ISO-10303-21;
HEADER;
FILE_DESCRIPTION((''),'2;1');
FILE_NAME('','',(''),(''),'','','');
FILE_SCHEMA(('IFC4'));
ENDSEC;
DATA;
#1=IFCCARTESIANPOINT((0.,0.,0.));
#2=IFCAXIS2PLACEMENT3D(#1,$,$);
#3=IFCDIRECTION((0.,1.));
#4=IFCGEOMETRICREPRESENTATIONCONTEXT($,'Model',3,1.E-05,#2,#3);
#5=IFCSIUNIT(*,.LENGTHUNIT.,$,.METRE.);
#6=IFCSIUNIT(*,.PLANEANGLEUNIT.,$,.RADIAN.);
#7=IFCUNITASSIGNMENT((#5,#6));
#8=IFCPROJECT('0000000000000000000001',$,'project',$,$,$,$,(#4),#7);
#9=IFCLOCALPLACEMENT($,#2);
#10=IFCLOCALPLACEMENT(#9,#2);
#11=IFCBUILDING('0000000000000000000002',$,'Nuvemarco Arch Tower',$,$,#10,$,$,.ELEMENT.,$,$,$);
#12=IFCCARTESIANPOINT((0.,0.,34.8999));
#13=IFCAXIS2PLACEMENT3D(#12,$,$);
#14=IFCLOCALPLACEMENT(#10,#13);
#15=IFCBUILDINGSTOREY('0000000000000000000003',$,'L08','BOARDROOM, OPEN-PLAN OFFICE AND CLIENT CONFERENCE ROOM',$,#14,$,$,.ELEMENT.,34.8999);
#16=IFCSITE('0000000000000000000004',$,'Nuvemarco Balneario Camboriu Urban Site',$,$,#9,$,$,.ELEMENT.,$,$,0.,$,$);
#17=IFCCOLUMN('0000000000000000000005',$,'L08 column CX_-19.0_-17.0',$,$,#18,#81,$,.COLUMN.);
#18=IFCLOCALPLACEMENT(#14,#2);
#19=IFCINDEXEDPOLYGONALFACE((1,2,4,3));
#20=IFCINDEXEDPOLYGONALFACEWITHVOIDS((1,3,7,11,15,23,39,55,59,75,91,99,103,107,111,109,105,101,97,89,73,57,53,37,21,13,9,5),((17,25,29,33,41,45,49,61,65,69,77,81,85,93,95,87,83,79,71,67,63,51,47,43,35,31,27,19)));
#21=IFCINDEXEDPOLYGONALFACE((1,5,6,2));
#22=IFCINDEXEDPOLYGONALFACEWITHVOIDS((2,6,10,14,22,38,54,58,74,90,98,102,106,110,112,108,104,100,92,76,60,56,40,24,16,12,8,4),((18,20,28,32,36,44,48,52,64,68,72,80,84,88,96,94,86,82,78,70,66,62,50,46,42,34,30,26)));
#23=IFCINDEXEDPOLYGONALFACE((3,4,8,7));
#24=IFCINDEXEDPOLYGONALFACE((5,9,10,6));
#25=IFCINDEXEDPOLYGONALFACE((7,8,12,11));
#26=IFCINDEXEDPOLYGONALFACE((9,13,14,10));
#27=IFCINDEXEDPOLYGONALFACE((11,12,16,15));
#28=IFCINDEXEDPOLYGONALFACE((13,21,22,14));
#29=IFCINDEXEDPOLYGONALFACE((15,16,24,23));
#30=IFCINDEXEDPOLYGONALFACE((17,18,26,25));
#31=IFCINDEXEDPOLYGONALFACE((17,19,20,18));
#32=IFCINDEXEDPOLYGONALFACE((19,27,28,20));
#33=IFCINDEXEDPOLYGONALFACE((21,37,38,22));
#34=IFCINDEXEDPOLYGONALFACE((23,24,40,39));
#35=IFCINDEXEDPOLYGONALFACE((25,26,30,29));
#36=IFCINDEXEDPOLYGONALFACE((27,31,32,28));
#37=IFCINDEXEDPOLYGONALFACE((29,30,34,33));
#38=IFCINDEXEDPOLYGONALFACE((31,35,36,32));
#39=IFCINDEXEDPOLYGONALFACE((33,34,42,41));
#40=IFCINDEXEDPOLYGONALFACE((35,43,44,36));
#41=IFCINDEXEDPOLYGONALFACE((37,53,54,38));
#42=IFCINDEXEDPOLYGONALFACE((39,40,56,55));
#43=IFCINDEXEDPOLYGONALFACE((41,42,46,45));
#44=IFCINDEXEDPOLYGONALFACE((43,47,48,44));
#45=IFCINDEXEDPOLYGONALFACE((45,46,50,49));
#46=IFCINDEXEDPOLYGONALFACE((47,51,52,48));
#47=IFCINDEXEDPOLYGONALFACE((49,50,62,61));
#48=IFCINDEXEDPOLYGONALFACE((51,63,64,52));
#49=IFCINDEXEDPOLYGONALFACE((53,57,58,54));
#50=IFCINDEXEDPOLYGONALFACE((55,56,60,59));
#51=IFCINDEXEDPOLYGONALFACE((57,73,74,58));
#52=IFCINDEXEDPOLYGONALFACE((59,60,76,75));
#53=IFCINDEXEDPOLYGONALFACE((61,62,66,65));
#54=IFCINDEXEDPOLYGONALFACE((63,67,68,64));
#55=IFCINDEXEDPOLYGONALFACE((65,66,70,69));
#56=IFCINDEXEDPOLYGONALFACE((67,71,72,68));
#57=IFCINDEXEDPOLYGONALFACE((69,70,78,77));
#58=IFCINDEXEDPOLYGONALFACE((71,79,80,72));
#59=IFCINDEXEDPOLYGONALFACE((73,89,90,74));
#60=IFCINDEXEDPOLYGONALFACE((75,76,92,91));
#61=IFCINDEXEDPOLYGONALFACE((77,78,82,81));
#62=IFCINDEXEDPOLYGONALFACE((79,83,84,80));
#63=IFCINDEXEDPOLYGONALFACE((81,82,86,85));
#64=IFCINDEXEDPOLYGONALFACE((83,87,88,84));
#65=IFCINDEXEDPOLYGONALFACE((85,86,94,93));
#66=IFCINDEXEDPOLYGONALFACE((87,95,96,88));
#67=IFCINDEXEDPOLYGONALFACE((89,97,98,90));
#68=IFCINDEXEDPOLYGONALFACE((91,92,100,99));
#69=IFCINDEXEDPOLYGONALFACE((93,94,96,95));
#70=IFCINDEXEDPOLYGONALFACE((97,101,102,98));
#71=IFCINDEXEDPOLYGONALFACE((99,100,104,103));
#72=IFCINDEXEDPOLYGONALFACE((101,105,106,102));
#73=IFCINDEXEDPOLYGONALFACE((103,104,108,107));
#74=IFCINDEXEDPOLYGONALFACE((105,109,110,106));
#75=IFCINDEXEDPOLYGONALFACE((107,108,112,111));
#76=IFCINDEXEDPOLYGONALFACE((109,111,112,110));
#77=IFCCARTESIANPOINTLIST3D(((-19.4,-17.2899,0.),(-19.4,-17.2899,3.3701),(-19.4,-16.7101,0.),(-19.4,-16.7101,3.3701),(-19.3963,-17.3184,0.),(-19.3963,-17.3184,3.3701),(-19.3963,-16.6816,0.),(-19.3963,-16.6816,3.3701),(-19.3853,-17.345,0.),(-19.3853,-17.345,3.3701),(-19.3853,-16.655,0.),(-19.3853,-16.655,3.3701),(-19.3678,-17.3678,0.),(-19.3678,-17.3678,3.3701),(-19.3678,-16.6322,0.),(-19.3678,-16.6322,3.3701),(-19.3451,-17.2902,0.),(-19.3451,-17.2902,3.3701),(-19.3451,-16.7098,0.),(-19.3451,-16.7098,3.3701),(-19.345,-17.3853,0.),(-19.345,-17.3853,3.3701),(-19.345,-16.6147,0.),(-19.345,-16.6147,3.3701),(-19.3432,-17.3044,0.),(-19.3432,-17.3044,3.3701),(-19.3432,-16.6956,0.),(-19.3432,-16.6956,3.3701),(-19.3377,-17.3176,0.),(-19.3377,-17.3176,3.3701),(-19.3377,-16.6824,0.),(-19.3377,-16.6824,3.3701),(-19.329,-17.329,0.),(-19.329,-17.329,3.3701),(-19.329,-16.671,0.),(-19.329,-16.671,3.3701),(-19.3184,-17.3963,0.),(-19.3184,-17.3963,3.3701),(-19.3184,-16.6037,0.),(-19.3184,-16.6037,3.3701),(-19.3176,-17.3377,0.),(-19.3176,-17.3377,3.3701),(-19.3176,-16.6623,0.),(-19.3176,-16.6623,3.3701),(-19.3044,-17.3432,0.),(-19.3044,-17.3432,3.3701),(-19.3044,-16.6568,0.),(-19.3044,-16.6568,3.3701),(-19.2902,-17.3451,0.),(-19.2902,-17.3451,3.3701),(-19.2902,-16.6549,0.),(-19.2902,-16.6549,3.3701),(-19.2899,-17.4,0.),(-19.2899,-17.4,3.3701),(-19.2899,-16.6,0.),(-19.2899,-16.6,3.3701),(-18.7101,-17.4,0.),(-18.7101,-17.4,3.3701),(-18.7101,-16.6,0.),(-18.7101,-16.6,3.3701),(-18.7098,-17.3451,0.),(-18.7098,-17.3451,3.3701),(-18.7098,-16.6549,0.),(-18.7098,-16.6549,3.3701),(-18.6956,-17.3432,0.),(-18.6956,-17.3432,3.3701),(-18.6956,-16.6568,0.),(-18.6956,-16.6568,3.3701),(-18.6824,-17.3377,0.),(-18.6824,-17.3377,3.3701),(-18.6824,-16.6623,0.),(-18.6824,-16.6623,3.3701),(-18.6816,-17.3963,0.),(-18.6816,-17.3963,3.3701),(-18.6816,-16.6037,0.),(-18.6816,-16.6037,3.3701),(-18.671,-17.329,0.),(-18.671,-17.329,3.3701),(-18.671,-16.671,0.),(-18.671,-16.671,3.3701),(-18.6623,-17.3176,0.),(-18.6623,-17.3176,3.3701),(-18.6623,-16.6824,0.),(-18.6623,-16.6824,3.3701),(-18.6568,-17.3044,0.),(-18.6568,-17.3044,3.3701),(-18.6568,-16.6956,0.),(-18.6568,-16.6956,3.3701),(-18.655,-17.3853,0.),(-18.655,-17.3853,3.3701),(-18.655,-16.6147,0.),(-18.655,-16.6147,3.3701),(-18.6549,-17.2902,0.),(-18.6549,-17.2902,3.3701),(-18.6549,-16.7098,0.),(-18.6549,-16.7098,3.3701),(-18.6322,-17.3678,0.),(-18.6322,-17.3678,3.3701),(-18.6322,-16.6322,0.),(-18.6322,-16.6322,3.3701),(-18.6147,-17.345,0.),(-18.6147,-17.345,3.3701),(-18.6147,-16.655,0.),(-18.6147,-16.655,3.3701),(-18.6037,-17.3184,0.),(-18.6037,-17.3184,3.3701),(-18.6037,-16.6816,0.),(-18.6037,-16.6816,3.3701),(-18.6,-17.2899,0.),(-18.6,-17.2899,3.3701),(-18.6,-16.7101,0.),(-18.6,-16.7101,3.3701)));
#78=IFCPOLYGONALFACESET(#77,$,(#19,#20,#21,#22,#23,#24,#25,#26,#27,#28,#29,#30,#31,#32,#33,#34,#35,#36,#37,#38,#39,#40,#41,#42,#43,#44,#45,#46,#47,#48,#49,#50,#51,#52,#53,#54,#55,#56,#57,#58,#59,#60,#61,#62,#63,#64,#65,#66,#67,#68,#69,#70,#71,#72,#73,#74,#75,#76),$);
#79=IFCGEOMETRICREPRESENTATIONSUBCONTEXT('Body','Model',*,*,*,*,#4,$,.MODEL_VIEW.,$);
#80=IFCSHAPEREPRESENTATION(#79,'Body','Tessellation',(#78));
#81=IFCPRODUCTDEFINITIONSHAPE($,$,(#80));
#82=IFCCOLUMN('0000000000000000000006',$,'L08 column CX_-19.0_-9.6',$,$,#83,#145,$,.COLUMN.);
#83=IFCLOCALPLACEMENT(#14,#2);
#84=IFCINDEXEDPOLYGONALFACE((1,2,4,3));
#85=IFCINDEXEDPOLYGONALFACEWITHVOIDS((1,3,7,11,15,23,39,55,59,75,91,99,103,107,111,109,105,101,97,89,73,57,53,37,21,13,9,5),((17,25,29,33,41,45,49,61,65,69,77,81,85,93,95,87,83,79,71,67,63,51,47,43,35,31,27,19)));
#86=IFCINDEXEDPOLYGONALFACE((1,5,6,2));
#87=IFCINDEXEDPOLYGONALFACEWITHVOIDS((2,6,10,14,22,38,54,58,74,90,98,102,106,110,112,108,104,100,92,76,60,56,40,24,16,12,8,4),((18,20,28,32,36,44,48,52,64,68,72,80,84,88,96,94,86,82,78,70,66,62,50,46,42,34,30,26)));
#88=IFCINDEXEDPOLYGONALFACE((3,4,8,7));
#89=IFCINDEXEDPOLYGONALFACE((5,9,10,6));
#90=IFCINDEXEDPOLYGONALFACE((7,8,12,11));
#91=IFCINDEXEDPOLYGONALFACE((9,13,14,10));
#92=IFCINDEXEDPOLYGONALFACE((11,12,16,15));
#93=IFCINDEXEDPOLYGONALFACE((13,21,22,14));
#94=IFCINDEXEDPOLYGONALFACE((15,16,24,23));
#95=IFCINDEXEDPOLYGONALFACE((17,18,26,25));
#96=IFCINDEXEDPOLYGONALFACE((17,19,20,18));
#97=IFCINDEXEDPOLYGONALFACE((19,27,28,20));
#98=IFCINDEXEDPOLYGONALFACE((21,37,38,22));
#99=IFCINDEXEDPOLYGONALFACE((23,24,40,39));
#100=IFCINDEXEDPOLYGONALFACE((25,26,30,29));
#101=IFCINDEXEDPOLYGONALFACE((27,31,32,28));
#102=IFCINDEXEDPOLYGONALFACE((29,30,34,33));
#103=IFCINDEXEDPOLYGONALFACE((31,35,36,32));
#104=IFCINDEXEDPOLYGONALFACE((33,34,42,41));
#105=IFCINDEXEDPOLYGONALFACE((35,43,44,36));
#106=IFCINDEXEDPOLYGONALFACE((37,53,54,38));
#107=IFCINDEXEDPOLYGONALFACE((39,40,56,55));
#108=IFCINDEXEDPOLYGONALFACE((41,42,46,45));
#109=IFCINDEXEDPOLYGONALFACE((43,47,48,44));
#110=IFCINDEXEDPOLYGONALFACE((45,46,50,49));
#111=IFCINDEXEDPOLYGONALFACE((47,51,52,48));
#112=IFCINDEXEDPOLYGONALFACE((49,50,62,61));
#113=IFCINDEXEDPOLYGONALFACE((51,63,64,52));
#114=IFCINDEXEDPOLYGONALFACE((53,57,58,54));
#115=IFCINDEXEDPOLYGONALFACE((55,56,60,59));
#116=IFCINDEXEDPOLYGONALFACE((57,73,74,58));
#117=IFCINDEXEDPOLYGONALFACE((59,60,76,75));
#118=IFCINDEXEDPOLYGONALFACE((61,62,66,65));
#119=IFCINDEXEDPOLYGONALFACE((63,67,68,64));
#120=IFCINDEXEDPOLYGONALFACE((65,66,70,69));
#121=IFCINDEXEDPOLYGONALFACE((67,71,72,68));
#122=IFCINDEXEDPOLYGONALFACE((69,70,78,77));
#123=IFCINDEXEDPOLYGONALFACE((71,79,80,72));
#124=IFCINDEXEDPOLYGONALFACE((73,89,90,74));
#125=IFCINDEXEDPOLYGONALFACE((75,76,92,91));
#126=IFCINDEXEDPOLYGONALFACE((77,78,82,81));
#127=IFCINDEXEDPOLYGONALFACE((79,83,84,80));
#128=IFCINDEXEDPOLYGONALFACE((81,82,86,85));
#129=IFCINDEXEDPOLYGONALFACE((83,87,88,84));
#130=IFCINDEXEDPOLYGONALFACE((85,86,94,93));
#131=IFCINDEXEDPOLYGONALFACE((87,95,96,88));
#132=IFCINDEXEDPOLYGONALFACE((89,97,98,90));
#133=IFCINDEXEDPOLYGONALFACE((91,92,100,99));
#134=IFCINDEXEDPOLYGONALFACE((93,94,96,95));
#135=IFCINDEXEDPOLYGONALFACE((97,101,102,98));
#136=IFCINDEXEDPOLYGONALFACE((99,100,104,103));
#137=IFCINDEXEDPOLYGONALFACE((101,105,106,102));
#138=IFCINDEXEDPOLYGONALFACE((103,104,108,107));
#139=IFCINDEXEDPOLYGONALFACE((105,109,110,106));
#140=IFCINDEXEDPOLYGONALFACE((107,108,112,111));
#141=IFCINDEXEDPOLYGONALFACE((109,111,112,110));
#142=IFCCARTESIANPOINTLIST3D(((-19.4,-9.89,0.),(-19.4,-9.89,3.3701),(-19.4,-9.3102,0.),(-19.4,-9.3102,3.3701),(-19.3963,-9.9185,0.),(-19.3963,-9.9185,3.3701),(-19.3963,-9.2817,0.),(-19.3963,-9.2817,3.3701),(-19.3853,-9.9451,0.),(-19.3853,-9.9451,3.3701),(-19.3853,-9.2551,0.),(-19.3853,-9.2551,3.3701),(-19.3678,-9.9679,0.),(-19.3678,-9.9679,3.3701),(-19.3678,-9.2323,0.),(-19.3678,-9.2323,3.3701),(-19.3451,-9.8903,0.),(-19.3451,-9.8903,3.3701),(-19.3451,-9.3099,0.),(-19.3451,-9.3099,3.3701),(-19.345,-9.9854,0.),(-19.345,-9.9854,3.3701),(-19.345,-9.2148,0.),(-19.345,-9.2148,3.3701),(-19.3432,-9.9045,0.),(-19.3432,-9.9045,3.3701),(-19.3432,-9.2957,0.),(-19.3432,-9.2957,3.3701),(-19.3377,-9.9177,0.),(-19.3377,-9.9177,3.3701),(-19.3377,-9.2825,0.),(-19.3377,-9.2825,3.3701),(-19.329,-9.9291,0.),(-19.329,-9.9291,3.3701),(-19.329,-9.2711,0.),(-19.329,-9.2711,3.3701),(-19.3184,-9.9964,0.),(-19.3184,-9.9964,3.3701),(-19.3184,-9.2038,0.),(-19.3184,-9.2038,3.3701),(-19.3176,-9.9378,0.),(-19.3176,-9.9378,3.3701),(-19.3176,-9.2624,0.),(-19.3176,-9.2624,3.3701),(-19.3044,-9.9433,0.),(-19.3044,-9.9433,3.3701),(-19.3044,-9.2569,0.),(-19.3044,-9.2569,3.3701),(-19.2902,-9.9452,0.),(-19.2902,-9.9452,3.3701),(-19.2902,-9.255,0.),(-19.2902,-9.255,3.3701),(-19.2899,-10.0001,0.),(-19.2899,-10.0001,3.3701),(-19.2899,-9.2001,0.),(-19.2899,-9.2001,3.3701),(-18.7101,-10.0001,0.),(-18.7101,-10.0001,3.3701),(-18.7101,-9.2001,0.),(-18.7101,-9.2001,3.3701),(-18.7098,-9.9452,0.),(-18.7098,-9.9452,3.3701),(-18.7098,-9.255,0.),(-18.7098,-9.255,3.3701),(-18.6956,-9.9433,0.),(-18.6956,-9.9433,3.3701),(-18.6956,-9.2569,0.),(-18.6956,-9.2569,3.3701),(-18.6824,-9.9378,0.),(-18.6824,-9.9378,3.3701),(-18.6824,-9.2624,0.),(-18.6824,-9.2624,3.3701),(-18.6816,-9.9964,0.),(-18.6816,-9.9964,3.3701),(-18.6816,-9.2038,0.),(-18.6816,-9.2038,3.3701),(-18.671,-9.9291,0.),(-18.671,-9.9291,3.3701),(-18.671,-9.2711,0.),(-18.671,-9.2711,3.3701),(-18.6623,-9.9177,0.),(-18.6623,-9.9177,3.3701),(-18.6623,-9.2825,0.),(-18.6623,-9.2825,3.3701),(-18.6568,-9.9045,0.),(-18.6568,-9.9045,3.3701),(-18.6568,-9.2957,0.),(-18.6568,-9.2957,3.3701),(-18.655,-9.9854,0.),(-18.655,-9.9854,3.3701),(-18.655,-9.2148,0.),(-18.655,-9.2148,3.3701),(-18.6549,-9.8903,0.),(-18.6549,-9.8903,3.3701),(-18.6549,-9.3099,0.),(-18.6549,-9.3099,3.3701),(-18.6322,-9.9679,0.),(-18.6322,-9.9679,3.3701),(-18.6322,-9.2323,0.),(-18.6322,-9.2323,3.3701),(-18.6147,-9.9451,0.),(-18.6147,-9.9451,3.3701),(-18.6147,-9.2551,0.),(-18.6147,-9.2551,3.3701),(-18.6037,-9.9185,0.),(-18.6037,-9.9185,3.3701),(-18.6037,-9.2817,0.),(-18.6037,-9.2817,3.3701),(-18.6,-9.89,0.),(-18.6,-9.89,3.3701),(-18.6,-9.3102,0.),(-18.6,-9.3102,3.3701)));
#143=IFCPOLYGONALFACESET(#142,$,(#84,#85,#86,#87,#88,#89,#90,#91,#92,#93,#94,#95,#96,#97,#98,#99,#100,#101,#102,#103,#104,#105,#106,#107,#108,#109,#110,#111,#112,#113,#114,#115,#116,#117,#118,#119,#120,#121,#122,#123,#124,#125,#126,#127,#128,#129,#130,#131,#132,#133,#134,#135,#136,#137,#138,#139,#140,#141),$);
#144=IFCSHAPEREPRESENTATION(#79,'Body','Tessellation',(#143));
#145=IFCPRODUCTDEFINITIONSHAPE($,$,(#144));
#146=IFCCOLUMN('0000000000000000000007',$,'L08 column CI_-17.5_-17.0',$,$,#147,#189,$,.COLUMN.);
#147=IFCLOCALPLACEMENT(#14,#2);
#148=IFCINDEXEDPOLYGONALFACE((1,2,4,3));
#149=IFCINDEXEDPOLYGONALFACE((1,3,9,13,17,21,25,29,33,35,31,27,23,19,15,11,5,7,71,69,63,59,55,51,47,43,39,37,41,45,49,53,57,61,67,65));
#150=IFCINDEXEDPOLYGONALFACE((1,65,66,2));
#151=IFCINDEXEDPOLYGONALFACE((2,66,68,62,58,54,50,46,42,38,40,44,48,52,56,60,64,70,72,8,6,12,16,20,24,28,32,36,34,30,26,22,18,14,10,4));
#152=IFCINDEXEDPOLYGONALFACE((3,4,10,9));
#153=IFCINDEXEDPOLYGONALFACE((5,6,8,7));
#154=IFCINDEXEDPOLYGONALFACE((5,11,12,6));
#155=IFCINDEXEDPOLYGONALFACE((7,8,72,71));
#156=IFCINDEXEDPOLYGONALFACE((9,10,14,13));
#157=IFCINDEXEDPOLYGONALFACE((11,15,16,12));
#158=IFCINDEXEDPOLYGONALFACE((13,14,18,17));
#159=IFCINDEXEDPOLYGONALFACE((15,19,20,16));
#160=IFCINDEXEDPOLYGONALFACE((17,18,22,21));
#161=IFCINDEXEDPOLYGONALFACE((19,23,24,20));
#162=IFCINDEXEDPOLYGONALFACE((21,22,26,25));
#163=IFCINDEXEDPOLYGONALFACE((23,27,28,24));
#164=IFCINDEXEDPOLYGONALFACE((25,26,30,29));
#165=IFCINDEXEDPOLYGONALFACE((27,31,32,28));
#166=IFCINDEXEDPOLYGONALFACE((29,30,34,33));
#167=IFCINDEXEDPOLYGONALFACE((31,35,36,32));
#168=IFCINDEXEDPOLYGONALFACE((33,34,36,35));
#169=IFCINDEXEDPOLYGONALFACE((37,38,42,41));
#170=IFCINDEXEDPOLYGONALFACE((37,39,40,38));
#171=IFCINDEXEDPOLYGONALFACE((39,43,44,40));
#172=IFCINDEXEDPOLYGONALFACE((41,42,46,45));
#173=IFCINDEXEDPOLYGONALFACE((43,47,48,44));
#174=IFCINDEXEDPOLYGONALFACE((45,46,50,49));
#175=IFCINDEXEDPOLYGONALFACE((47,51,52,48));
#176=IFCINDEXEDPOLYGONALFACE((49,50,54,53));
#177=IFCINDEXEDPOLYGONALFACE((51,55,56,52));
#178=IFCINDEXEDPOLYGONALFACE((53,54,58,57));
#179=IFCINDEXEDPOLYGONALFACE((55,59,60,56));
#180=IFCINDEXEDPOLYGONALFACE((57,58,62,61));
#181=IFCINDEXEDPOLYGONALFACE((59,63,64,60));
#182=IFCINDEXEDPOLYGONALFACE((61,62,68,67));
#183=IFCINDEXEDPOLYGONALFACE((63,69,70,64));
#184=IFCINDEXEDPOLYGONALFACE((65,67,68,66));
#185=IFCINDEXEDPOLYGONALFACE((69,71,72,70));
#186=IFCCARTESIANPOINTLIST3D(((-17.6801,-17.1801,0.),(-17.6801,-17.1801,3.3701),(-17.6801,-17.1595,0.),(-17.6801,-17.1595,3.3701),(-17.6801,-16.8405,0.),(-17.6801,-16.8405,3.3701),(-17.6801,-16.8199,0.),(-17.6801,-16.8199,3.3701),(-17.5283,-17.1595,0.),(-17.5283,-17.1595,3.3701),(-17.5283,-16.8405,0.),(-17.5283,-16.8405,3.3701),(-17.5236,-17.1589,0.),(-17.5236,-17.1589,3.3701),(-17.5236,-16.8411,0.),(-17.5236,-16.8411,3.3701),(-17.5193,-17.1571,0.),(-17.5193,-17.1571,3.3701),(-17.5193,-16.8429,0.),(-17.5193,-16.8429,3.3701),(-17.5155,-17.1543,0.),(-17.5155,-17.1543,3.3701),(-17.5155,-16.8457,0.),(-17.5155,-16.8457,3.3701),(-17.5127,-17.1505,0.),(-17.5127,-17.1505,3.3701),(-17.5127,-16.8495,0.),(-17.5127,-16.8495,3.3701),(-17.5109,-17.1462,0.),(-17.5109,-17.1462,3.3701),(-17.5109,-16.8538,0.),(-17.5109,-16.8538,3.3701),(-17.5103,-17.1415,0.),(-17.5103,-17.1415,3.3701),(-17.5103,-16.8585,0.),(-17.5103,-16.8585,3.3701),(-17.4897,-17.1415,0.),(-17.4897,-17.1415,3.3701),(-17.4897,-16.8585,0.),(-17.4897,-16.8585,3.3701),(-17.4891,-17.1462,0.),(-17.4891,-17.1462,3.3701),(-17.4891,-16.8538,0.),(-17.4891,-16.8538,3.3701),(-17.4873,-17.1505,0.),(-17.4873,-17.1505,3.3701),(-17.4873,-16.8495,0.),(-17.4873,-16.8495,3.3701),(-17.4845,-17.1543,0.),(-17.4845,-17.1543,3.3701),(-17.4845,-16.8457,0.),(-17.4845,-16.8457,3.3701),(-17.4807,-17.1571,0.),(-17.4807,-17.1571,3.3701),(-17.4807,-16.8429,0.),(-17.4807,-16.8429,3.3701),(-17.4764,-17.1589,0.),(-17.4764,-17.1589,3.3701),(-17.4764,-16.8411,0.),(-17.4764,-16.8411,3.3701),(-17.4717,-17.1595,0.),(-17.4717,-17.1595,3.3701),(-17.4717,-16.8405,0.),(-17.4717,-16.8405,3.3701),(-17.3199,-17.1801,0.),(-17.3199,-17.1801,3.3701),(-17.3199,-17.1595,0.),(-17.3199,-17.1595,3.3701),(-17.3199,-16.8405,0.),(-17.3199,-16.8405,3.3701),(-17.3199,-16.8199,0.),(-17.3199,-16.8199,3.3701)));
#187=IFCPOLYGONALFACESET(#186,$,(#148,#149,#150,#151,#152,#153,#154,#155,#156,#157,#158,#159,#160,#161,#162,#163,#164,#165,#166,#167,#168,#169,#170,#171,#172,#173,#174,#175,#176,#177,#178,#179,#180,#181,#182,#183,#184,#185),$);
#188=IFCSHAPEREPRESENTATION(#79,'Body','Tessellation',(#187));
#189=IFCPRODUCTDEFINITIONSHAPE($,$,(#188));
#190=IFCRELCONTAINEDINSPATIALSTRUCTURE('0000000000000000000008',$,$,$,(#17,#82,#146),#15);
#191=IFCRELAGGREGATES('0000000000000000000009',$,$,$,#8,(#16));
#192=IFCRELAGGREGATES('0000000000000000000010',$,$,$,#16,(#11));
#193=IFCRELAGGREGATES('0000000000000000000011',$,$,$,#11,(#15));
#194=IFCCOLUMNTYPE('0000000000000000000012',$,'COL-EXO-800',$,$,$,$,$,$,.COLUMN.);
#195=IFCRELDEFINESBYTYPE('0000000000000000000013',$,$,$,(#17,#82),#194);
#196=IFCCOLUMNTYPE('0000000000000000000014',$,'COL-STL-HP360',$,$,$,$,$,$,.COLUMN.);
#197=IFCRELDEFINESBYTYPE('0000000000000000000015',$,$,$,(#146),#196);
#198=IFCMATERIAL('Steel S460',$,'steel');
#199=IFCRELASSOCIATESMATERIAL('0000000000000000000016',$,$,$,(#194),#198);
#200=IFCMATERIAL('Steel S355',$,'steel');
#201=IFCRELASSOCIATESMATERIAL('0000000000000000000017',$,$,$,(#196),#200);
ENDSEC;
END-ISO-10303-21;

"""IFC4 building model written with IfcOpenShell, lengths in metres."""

from ifc_helpers import new_model, si_unit, direction, frame, origin, origin_2d, place, context, subcontext, project, spatial, hollow_rectangle, i_section, extrude, material, material_profile, profile_set, type_object, element, save


model = new_model("IFC4")

# Units and contexts
model_context = context("Model", 3, precision=1e-05, world=origin(), true_north=direction((0.0, 1.0)))
body_context = subcontext(model_context, "Body", "Model", "MODEL_VIEW")
ifc_project = project(units=[si_unit("LENGTHUNIT", "METRE"), si_unit("PLANEANGLEUNIT", "RADIAN")], contexts=[model_context])

# Site, building, storey
site_placement = place(None, origin())
site = spatial("IfcSite", under=ifc_project, at=site_placement, Name="Nuvemarco Balneario Camboriu Urban Site", CompositionType="ELEMENT", RefElevation=0.0)
building_placement = place(site_placement, origin())
building = spatial("IfcBuilding", under=site, at=building_placement, Name="Nuvemarco Arch Tower", CompositionType="ELEMENT")
storey_placement = place(building_placement, frame((0.0, 0.0, 34.8999)))
storey = spatial("IfcBuildingStorey", under=building, at=storey_placement, Name="L08", Description="BOARDROOM, OPEN-PLAN OFFICE AND CLIENT CONFERENCE ROOM", CompositionType="ELEMENT", Elevation=34.8999)

# Columns
ifc_material_1 = material(Name="Steel S460", Category="steel")
ifc_material_profile_1 = material_profile(ifc_material_1, hollow_rectangle(XDim=0.8, YDim=0.8, WallThickness=0.0549, InnerFilletRadius=0.0549, OuterFilletRadius=0.1101, at=origin_2d()), Name="SHS800x800x55")
ifc_profile_set_1 = profile_set([ifc_material_profile_1], Name="Steel S460")
column_type_1 = type_object("IfcColumnType", Name="COL-EXO-800", PredefinedType="COLUMN", material=ifc_profile_set_1)
for number, where, z_axis, x_axis, name in (
    (1, (-19.0, -17.0, 0.0), (0.0, 0.0, 1.0), (1.0, 0.0, 0.0), "L08 column CX_-19.0_-17.0"),
    (2, (-19.0, -9.6001, 0.0), (0.0, 0.0, 1.0), (1.0, 0.0, 0.0), "L08 column CX_-19.0_-9.6"),
):
    element("IfcColumn", number, at=place(storey_placement, frame(where, z_axis=z_axis, x_axis=x_axis)), inside=storey, type_object=column_type_1, Name=name, PredefinedType="COLUMN", context=body_context, shape_type="SweptSolid", body=[
        extrude(hollow_rectangle(XDim=0.8, YDim=0.8, WallThickness=0.0549, InnerFilletRadius=0.0549, OuterFilletRadius=0.1101, at=origin_2d()), origin(), (0.0, 0.0, 1.0), 3.3701),
    ])
ifc_material_2 = material(Name="Steel S355", Category="steel")
ifc_material_profile_2 = material_profile(ifc_material_2, i_section(OverallWidth=0.3601, OverallDepth=0.3601, WebThickness=0.0205, FlangeThickness=0.0205, FilletRadius=0.0181, at=origin_2d()), Name="HP360x174")
ifc_profile_set_2 = profile_set([ifc_material_profile_2], Name="Steel S355")
column_type_2 = type_object("IfcColumnType", Name="COL-STL-HP360", PredefinedType="COLUMN", material=ifc_profile_set_2)
column_placement = place(storey_placement, frame((-17.5, -17.0, 0.0), z_axis=(0.0, 0.0, 1.0), x_axis=(1.0, 0.0, 0.0)))
element("IfcColumn", 3, at=column_placement, inside=storey, type_object=column_type_2, Name="L08 column CI_-17.5_-17.0", PredefinedType="COLUMN", context=body_context, shape_type="SweptSolid", body=[
    extrude(i_section(OverallWidth=0.3601, OverallDepth=0.3601, WebThickness=0.0205, FlangeThickness=0.0205, FilletRadius=0.0181, at=origin_2d()), origin(), (0.0, 0.0, 1.0), 3.3701),
])

save(model, "model.ifc")
